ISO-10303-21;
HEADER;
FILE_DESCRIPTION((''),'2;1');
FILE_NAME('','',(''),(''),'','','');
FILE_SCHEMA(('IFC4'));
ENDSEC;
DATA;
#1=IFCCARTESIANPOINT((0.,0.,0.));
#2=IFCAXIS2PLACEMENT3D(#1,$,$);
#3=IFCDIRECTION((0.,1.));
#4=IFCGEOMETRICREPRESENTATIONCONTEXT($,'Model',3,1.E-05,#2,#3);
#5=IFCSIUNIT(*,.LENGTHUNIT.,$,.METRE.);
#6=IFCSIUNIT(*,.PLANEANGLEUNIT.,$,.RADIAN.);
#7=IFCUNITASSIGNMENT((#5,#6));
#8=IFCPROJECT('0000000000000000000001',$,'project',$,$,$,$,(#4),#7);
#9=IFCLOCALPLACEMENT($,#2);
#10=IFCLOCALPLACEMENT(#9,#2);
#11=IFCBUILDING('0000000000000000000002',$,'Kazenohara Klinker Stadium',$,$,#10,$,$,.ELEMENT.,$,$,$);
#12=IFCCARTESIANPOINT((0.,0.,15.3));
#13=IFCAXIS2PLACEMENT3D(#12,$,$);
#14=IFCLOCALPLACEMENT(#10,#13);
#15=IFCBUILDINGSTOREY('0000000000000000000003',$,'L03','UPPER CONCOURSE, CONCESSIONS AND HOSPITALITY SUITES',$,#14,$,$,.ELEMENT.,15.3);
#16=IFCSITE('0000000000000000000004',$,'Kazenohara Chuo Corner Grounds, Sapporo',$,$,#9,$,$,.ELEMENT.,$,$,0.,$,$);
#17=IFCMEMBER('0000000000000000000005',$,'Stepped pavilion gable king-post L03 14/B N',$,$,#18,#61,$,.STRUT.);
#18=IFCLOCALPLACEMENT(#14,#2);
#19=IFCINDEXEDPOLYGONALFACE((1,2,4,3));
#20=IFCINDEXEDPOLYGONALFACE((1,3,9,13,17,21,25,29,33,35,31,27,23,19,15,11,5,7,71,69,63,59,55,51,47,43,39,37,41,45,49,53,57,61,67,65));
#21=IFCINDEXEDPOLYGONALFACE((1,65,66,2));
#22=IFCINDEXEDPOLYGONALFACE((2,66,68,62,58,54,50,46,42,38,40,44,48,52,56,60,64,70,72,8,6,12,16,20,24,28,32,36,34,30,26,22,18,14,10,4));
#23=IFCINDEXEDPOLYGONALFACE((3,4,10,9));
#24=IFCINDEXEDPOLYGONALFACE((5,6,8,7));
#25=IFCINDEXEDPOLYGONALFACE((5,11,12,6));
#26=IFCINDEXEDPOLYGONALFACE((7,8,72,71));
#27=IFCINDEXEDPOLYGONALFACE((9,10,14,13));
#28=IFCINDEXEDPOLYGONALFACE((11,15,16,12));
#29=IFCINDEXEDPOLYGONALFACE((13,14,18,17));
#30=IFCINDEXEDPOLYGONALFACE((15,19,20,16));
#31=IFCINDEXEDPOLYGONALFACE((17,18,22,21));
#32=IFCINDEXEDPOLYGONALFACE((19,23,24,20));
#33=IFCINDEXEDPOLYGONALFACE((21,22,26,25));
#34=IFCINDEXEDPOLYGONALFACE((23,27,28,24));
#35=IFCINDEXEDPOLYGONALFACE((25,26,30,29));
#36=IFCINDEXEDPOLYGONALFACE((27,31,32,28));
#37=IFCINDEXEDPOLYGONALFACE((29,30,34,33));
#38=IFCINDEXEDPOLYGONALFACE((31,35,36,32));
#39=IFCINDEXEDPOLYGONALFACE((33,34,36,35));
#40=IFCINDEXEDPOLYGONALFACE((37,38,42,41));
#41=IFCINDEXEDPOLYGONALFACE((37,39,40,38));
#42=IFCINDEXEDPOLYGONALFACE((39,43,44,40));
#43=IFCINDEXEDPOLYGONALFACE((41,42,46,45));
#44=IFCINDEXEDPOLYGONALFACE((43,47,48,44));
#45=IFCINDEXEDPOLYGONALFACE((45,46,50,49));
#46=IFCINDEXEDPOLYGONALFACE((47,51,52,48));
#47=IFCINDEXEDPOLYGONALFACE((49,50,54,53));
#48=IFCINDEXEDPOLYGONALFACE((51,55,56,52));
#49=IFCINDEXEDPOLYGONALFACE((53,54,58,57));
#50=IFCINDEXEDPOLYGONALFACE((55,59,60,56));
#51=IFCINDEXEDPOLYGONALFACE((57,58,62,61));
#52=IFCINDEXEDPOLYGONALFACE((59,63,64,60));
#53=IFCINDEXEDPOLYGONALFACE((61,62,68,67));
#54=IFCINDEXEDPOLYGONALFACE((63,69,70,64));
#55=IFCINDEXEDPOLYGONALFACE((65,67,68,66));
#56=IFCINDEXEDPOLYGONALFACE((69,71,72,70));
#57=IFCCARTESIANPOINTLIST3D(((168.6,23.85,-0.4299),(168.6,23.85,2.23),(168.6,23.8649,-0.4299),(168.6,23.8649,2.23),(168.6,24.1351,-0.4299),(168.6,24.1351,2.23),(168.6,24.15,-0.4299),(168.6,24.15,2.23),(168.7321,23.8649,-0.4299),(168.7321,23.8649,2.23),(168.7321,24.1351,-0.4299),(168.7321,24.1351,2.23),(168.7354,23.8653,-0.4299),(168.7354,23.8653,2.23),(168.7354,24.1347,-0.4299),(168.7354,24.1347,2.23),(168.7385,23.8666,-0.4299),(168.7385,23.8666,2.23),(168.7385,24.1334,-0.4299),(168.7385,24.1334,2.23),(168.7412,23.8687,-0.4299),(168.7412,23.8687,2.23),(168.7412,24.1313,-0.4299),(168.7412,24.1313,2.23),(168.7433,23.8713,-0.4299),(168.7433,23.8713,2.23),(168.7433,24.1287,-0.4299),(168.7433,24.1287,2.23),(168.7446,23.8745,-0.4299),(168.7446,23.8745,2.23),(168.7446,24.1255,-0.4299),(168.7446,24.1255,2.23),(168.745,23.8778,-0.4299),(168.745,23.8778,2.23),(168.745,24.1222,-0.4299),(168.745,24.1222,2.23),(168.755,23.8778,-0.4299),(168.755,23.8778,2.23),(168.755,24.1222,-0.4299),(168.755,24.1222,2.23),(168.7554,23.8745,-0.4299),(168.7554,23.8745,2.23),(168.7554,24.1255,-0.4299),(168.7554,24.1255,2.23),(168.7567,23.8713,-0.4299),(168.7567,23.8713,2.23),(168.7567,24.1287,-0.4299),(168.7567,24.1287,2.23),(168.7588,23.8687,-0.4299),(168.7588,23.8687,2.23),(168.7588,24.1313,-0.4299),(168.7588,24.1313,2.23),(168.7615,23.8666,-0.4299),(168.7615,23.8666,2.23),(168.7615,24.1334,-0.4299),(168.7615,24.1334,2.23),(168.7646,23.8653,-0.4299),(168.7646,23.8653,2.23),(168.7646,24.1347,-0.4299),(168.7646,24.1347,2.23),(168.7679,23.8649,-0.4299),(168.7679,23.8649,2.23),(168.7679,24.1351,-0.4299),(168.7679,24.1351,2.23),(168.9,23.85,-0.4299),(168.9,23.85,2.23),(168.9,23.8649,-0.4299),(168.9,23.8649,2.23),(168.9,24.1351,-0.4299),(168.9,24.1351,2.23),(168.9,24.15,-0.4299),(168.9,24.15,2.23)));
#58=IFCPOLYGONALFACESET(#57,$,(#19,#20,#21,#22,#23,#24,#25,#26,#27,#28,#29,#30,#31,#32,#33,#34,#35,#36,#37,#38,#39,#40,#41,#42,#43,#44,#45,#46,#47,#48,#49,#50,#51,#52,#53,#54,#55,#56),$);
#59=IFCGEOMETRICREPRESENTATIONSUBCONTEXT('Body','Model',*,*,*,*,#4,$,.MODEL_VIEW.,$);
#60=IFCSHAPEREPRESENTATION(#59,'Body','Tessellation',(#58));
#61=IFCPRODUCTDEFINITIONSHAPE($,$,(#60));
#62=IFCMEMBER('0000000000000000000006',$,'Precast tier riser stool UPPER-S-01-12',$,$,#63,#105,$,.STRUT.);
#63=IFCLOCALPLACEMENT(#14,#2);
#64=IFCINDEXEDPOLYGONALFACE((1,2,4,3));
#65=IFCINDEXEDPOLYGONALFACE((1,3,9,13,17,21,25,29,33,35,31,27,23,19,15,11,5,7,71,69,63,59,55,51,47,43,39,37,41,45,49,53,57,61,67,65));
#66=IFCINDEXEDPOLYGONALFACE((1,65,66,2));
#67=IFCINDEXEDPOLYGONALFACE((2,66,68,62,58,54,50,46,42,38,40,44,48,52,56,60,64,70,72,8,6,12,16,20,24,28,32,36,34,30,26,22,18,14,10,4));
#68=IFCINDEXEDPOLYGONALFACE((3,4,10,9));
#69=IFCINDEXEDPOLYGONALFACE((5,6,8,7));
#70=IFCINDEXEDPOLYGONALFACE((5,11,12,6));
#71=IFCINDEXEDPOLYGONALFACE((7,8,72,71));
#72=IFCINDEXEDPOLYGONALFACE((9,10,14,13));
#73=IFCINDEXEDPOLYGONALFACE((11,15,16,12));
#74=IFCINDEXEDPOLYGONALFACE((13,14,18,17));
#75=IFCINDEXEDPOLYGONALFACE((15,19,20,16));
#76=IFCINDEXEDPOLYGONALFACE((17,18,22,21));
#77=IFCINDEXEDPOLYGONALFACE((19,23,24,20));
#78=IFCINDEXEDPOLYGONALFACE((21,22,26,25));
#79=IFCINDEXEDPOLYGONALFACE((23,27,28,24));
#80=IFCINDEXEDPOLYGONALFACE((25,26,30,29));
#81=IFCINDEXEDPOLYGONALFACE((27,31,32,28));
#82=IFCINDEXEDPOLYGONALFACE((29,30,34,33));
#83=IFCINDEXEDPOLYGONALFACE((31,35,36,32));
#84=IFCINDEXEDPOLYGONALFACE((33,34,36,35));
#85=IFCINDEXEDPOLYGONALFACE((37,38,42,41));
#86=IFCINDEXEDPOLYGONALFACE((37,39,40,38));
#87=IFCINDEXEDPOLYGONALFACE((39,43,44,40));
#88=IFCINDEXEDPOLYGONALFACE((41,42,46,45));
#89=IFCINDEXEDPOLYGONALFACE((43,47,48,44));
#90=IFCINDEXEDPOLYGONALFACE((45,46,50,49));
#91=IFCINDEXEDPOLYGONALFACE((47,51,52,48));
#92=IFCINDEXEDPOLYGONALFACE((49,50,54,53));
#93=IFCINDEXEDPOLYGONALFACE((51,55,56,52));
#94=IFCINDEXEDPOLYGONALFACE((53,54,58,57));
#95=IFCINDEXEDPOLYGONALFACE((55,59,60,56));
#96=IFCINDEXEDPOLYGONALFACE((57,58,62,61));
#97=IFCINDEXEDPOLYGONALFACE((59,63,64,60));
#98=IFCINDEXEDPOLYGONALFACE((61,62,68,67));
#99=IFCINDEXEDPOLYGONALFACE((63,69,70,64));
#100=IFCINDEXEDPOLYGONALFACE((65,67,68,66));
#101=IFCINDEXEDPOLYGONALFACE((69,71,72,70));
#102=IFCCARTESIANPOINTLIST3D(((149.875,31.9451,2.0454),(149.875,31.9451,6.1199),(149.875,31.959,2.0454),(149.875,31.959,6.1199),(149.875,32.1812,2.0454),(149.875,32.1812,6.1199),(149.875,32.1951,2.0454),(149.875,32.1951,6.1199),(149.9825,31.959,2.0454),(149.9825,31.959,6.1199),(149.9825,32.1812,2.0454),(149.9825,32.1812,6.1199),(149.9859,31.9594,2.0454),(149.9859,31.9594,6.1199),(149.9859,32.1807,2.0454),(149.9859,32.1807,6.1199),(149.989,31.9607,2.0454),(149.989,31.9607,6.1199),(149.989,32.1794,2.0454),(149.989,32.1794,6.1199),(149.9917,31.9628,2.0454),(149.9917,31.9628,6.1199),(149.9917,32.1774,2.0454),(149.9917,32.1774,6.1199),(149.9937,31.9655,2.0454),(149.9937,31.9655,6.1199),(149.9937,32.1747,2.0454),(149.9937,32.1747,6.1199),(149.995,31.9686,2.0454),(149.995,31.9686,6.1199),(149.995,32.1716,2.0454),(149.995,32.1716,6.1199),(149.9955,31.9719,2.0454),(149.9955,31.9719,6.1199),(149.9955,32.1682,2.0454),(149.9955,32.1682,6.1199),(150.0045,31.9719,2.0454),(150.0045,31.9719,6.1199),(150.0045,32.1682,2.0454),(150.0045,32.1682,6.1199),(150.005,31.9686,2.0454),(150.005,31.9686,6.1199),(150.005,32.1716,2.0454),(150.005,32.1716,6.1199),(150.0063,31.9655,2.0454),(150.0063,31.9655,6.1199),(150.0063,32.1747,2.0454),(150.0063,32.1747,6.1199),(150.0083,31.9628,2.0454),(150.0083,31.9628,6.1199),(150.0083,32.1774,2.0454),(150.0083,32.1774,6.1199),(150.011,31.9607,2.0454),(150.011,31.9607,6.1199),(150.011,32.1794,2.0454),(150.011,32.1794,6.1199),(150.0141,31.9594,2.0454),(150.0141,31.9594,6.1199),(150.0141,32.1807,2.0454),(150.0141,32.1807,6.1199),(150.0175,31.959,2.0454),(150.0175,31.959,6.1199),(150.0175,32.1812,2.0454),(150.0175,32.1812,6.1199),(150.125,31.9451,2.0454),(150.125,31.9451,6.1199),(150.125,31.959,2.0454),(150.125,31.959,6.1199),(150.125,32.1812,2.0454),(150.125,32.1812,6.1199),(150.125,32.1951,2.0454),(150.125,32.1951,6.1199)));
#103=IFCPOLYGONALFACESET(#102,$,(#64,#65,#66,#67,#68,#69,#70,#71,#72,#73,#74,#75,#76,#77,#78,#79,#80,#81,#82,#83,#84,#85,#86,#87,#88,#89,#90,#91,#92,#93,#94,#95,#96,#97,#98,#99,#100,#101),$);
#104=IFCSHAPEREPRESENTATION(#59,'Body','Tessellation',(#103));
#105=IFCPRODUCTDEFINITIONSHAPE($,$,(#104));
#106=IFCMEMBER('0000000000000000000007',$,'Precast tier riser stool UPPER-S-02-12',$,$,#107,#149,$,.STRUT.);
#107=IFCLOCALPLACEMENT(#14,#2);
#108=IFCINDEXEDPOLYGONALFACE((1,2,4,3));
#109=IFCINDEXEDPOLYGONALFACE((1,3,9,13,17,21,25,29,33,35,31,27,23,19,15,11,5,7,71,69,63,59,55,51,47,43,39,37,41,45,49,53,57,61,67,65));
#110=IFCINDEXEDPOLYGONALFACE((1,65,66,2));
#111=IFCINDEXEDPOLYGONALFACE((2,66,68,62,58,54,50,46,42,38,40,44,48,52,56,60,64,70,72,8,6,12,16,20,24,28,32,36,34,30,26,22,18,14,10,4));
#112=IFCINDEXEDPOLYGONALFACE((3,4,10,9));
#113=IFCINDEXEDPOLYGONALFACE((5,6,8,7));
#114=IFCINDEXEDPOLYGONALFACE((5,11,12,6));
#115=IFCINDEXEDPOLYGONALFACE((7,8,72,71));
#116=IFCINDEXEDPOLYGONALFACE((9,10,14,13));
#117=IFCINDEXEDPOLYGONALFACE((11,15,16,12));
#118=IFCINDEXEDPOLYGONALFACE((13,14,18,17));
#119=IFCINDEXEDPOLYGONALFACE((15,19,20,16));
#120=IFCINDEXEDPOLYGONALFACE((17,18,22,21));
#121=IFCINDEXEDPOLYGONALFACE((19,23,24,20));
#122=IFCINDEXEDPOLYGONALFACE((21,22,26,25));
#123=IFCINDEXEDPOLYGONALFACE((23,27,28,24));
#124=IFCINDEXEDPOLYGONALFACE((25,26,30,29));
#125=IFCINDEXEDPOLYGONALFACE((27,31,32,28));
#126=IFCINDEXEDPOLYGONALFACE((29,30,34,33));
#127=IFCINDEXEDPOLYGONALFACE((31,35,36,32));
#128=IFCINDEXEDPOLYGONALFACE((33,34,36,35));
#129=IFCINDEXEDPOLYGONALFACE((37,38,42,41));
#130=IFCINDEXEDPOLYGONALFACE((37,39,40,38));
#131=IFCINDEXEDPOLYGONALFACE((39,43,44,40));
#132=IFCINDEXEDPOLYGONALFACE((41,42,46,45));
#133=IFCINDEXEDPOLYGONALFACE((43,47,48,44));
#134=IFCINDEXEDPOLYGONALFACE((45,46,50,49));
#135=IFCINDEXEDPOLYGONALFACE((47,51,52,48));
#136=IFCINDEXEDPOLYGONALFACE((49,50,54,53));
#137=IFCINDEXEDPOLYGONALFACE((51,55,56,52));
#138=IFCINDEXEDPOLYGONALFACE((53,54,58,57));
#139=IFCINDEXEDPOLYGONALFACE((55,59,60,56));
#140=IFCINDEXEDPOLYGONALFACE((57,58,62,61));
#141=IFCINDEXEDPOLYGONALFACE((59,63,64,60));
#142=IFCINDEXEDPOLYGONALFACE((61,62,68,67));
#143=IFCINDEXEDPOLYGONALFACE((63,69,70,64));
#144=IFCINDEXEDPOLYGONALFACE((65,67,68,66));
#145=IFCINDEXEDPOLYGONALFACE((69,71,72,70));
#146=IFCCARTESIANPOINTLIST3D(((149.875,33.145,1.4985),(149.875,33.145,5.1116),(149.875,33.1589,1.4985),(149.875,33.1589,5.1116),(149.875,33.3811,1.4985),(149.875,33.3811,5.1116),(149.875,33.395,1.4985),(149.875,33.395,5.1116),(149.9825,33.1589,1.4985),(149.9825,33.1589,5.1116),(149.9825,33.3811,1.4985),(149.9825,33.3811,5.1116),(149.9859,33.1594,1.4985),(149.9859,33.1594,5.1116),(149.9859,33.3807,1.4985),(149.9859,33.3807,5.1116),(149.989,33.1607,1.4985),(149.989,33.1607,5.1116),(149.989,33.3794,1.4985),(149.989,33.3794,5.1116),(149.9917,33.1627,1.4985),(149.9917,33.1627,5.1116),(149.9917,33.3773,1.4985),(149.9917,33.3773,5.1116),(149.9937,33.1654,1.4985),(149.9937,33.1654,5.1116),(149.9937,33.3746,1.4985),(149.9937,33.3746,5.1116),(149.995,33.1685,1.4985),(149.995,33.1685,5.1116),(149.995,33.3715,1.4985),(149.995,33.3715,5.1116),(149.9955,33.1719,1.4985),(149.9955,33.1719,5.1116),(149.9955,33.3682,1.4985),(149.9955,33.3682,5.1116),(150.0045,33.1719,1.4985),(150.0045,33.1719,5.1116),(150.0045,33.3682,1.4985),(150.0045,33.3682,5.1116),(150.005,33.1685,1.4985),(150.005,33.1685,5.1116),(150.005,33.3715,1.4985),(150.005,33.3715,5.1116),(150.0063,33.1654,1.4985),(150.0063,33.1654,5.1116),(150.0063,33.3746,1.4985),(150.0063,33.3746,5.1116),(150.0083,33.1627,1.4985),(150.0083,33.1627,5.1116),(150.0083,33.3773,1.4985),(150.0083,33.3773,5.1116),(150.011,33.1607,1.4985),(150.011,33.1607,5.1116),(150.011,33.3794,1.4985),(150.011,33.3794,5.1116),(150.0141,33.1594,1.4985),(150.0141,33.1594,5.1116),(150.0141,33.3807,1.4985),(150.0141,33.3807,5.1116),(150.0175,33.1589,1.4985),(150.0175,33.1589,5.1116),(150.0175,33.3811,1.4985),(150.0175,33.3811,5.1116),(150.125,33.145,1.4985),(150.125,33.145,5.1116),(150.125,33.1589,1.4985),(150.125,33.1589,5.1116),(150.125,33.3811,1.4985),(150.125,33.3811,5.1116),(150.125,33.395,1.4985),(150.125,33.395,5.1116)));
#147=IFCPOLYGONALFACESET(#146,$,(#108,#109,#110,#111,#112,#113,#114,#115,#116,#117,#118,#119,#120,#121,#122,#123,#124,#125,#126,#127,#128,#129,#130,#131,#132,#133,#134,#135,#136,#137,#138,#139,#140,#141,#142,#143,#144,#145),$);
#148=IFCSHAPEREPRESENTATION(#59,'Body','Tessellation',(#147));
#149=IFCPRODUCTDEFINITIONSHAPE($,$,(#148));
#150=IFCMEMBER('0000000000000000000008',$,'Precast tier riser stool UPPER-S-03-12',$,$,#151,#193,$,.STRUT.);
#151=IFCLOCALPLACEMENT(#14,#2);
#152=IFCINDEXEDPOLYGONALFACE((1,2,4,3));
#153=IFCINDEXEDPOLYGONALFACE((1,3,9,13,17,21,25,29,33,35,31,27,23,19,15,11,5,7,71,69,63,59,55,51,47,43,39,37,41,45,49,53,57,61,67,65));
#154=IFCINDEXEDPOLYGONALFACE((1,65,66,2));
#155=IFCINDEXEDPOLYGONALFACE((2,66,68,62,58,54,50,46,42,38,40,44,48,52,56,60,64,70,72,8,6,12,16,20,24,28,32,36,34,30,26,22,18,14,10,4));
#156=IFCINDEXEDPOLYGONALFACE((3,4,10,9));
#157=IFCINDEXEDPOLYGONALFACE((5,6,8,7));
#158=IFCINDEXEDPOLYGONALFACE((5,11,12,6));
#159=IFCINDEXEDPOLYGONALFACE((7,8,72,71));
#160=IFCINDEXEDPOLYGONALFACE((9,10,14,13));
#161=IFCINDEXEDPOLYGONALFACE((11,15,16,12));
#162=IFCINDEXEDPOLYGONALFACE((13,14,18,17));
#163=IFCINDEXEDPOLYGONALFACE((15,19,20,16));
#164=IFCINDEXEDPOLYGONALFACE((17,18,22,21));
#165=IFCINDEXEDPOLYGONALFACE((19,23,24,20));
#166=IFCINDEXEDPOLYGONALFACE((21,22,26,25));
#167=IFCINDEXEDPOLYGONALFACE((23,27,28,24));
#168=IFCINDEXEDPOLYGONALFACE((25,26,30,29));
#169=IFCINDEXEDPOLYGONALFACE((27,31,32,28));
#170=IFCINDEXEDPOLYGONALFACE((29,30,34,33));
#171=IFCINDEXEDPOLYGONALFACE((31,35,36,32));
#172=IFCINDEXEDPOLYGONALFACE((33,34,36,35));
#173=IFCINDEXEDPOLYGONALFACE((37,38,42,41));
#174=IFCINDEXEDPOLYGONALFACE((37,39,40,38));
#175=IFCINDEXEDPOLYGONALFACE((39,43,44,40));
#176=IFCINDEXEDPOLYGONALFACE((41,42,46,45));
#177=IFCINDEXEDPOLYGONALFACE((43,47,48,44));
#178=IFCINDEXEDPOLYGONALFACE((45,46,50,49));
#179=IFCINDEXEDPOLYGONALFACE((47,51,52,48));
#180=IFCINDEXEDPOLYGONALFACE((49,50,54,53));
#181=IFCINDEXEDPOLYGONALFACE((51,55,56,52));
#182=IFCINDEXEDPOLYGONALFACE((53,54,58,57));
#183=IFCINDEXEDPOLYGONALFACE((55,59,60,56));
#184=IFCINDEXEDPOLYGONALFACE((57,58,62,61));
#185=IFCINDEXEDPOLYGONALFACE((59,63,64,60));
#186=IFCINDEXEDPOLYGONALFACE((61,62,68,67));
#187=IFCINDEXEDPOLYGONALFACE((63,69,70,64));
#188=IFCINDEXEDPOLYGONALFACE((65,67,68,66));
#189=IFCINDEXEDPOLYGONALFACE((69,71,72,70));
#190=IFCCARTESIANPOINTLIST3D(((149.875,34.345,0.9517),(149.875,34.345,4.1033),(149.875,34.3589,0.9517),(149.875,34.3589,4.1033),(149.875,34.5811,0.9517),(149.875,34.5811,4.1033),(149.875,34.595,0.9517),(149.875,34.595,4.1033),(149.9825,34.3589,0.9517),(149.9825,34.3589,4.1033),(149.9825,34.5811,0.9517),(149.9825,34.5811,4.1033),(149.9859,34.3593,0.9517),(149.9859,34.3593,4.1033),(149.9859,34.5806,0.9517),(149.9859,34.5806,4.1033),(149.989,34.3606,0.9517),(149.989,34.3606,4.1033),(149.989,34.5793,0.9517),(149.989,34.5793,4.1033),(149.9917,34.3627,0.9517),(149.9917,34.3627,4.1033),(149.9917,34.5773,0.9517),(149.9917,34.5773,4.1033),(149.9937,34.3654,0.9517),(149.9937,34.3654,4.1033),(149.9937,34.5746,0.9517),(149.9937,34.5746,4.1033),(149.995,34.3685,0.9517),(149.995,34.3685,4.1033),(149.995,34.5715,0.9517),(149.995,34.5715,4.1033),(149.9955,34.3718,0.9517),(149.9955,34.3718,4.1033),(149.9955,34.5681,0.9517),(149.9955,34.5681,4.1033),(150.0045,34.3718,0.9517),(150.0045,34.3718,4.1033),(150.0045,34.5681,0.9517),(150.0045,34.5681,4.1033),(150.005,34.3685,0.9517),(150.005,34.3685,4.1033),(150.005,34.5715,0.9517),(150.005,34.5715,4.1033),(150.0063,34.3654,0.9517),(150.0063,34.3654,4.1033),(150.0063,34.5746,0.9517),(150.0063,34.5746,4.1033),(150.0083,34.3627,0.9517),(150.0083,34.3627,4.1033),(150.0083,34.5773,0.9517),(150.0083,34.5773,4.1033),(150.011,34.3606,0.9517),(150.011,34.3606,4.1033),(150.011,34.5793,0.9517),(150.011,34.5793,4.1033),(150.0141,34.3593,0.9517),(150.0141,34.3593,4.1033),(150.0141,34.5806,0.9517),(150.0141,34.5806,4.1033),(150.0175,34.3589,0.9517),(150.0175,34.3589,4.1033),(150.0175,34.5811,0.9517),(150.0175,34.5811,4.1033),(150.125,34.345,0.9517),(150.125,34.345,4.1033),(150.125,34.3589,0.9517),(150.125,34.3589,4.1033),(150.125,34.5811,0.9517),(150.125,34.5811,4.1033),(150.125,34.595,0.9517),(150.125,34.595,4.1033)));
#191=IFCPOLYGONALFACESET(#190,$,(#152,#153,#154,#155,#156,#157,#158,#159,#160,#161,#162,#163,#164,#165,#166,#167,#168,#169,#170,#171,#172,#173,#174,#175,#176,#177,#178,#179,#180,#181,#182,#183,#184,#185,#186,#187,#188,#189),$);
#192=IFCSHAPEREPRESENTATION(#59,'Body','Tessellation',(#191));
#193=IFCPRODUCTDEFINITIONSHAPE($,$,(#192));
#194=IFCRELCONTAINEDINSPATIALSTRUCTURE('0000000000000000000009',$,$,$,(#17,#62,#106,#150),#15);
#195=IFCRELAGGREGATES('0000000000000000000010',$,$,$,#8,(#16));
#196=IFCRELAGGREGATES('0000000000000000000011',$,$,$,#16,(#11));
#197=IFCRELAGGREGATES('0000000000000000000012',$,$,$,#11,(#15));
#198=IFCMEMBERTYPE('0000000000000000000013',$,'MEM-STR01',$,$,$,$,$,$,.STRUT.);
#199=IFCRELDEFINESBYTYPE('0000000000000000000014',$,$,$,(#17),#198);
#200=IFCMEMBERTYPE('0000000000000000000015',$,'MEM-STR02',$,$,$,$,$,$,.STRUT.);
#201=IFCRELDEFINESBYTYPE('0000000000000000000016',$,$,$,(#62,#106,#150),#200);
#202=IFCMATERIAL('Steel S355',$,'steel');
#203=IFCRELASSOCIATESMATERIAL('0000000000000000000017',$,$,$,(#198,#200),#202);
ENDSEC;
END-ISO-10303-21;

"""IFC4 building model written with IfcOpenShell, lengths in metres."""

from ifc_helpers import new_model, si_unit, direction, frame, origin, origin_2d, place, context, subcontext, project, spatial, i_section, extrude, material, material_profile, profile_set, type_object, element, save


model = new_model("IFC4")

# Units and contexts
model_context = context("Model", 3, precision=1e-05, world=origin(), true_north=direction((0.0, 1.0)))
body_context = subcontext(model_context, "Body", "Model", "MODEL_VIEW")
ifc_project = project(units=[si_unit("LENGTHUNIT", "METRE"), si_unit("PLANEANGLEUNIT", "RADIAN")], contexts=[model_context])

# Site, building, storey
site_placement = place(None, origin())
site = spatial("IfcSite", under=ifc_project, at=site_placement, Name="Kazenohara Chuo Corner Grounds, Sapporo", CompositionType="ELEMENT", RefElevation=0.0)
building_placement = place(site_placement, origin())
building = spatial("IfcBuilding", under=site, at=building_placement, Name="Kazenohara Klinker Stadium", CompositionType="ELEMENT")
storey_placement = place(building_placement, frame((0.0, 0.0, 15.3)))
storey = spatial("IfcBuildingStorey", under=building, at=storey_placement, Name="L03", Description="UPPER CONCOURSE, CONCESSIONS AND HOSPITALITY SUITES", CompositionType="ELEMENT", Elevation=15.3)

# Shared definitions
ifc_material_1 = material(Name="Steel S355", Category="steel")

# Members
ifc_material_profile_1 = material_profile(ifc_material_1, i_section(OverallWidth=0.3, OverallDepth=0.3, WebThickness=0.01, FlangeThickness=0.0149, FilletRadius=0.0129, at=origin_2d()), Name="H-300x300x10x15")
ifc_profile_set_1 = profile_set([ifc_material_profile_1], Name="Steel S355")
member_type_1 = type_object("IfcMemberType", Name="MEM-STR01", PredefinedType="STRUT", material=ifc_profile_set_1)
member_1_placement = place(storey_placement, frame((168.75, 24.0, -0.4299), z_axis=(0.0, 0.0, 1.0), x_axis=(1.0, 0.0, 0.0)))
element("IfcMember", 1, at=member_1_placement, inside=storey, type_object=member_type_1, Name="Stepped pavilion gable king-post L03 14/B N", PredefinedType="STRUT", context=body_context, shape_type="SweptSolid", body=[
    extrude(i_section(OverallWidth=0.3, OverallDepth=0.3, WebThickness=0.01, FlangeThickness=0.0149, FilletRadius=0.0129, at=origin_2d()), origin(), (0.0, 0.0, 1.0), 2.6599),
])
ifc_material_profile_2 = material_profile(ifc_material_1, i_section(OverallWidth=0.25, OverallDepth=0.25, WebThickness=0.009, FlangeThickness=0.0139, FilletRadius=0.0129, at=origin_2d()), Name="H-250x250x9x14")
ifc_profile_set_2 = profile_set([ifc_material_profile_2], Name="Steel S355")
member_type_2 = type_object("IfcMemberType", Name="MEM-STR02", PredefinedType="STRUT", material=ifc_profile_set_2)
member_2_placement = place(storey_placement, frame((150.0, 32.0701, 2.0454), z_axis=(0.0, 0.0, 1.0), x_axis=(1.0, 0.0, 0.0)))
element("IfcMember", 2, at=member_2_placement, inside=storey, type_object=member_type_2, Name="Precast tier riser stool UPPER-S-01-12", PredefinedType="STRUT", context=body_context, shape_type="SweptSolid", body=[
    extrude(i_section(OverallWidth=0.25, OverallDepth=0.25, WebThickness=0.009, FlangeThickness=0.0139, FilletRadius=0.0129, at=origin_2d()), origin(), (0.0, 0.0, 1.0), 4.0745),
])
member_3_placement = place(storey_placement, frame((150.0, 33.27, 1.4985), z_axis=(0.0, 0.0, 1.0), x_axis=(1.0, 0.0, 0.0)))
element("IfcMember", 3, at=member_3_placement, inside=storey, type_object=member_type_2, Name="Precast tier riser stool UPPER-S-02-12", PredefinedType="STRUT", context=body_context, shape_type="SweptSolid", body=[
    extrude(i_section(OverallWidth=0.25, OverallDepth=0.25, WebThickness=0.009, FlangeThickness=0.0139, FilletRadius=0.0129, at=origin_2d()), origin(), (0.0, 0.0, 1.0), 3.613),
])
member_4_placement = place(storey_placement, frame((150.0, 34.47, 0.9517), z_axis=(0.0, 0.0, 1.0), x_axis=(1.0, 0.0, 0.0)))
element("IfcMember", 4, at=member_4_placement, inside=storey, type_object=member_type_2, Name="Precast tier riser stool UPPER-S-03-12", PredefinedType="STRUT", context=body_context, shape_type="SweptSolid", body=[
    extrude(i_section(OverallWidth=0.25, OverallDepth=0.25, WebThickness=0.009, FlangeThickness=0.0139, FilletRadius=0.0129, at=origin_2d()), origin(), (0.0, 0.0, 1.0), 3.1516),
])

save(model, "model.ifc")
